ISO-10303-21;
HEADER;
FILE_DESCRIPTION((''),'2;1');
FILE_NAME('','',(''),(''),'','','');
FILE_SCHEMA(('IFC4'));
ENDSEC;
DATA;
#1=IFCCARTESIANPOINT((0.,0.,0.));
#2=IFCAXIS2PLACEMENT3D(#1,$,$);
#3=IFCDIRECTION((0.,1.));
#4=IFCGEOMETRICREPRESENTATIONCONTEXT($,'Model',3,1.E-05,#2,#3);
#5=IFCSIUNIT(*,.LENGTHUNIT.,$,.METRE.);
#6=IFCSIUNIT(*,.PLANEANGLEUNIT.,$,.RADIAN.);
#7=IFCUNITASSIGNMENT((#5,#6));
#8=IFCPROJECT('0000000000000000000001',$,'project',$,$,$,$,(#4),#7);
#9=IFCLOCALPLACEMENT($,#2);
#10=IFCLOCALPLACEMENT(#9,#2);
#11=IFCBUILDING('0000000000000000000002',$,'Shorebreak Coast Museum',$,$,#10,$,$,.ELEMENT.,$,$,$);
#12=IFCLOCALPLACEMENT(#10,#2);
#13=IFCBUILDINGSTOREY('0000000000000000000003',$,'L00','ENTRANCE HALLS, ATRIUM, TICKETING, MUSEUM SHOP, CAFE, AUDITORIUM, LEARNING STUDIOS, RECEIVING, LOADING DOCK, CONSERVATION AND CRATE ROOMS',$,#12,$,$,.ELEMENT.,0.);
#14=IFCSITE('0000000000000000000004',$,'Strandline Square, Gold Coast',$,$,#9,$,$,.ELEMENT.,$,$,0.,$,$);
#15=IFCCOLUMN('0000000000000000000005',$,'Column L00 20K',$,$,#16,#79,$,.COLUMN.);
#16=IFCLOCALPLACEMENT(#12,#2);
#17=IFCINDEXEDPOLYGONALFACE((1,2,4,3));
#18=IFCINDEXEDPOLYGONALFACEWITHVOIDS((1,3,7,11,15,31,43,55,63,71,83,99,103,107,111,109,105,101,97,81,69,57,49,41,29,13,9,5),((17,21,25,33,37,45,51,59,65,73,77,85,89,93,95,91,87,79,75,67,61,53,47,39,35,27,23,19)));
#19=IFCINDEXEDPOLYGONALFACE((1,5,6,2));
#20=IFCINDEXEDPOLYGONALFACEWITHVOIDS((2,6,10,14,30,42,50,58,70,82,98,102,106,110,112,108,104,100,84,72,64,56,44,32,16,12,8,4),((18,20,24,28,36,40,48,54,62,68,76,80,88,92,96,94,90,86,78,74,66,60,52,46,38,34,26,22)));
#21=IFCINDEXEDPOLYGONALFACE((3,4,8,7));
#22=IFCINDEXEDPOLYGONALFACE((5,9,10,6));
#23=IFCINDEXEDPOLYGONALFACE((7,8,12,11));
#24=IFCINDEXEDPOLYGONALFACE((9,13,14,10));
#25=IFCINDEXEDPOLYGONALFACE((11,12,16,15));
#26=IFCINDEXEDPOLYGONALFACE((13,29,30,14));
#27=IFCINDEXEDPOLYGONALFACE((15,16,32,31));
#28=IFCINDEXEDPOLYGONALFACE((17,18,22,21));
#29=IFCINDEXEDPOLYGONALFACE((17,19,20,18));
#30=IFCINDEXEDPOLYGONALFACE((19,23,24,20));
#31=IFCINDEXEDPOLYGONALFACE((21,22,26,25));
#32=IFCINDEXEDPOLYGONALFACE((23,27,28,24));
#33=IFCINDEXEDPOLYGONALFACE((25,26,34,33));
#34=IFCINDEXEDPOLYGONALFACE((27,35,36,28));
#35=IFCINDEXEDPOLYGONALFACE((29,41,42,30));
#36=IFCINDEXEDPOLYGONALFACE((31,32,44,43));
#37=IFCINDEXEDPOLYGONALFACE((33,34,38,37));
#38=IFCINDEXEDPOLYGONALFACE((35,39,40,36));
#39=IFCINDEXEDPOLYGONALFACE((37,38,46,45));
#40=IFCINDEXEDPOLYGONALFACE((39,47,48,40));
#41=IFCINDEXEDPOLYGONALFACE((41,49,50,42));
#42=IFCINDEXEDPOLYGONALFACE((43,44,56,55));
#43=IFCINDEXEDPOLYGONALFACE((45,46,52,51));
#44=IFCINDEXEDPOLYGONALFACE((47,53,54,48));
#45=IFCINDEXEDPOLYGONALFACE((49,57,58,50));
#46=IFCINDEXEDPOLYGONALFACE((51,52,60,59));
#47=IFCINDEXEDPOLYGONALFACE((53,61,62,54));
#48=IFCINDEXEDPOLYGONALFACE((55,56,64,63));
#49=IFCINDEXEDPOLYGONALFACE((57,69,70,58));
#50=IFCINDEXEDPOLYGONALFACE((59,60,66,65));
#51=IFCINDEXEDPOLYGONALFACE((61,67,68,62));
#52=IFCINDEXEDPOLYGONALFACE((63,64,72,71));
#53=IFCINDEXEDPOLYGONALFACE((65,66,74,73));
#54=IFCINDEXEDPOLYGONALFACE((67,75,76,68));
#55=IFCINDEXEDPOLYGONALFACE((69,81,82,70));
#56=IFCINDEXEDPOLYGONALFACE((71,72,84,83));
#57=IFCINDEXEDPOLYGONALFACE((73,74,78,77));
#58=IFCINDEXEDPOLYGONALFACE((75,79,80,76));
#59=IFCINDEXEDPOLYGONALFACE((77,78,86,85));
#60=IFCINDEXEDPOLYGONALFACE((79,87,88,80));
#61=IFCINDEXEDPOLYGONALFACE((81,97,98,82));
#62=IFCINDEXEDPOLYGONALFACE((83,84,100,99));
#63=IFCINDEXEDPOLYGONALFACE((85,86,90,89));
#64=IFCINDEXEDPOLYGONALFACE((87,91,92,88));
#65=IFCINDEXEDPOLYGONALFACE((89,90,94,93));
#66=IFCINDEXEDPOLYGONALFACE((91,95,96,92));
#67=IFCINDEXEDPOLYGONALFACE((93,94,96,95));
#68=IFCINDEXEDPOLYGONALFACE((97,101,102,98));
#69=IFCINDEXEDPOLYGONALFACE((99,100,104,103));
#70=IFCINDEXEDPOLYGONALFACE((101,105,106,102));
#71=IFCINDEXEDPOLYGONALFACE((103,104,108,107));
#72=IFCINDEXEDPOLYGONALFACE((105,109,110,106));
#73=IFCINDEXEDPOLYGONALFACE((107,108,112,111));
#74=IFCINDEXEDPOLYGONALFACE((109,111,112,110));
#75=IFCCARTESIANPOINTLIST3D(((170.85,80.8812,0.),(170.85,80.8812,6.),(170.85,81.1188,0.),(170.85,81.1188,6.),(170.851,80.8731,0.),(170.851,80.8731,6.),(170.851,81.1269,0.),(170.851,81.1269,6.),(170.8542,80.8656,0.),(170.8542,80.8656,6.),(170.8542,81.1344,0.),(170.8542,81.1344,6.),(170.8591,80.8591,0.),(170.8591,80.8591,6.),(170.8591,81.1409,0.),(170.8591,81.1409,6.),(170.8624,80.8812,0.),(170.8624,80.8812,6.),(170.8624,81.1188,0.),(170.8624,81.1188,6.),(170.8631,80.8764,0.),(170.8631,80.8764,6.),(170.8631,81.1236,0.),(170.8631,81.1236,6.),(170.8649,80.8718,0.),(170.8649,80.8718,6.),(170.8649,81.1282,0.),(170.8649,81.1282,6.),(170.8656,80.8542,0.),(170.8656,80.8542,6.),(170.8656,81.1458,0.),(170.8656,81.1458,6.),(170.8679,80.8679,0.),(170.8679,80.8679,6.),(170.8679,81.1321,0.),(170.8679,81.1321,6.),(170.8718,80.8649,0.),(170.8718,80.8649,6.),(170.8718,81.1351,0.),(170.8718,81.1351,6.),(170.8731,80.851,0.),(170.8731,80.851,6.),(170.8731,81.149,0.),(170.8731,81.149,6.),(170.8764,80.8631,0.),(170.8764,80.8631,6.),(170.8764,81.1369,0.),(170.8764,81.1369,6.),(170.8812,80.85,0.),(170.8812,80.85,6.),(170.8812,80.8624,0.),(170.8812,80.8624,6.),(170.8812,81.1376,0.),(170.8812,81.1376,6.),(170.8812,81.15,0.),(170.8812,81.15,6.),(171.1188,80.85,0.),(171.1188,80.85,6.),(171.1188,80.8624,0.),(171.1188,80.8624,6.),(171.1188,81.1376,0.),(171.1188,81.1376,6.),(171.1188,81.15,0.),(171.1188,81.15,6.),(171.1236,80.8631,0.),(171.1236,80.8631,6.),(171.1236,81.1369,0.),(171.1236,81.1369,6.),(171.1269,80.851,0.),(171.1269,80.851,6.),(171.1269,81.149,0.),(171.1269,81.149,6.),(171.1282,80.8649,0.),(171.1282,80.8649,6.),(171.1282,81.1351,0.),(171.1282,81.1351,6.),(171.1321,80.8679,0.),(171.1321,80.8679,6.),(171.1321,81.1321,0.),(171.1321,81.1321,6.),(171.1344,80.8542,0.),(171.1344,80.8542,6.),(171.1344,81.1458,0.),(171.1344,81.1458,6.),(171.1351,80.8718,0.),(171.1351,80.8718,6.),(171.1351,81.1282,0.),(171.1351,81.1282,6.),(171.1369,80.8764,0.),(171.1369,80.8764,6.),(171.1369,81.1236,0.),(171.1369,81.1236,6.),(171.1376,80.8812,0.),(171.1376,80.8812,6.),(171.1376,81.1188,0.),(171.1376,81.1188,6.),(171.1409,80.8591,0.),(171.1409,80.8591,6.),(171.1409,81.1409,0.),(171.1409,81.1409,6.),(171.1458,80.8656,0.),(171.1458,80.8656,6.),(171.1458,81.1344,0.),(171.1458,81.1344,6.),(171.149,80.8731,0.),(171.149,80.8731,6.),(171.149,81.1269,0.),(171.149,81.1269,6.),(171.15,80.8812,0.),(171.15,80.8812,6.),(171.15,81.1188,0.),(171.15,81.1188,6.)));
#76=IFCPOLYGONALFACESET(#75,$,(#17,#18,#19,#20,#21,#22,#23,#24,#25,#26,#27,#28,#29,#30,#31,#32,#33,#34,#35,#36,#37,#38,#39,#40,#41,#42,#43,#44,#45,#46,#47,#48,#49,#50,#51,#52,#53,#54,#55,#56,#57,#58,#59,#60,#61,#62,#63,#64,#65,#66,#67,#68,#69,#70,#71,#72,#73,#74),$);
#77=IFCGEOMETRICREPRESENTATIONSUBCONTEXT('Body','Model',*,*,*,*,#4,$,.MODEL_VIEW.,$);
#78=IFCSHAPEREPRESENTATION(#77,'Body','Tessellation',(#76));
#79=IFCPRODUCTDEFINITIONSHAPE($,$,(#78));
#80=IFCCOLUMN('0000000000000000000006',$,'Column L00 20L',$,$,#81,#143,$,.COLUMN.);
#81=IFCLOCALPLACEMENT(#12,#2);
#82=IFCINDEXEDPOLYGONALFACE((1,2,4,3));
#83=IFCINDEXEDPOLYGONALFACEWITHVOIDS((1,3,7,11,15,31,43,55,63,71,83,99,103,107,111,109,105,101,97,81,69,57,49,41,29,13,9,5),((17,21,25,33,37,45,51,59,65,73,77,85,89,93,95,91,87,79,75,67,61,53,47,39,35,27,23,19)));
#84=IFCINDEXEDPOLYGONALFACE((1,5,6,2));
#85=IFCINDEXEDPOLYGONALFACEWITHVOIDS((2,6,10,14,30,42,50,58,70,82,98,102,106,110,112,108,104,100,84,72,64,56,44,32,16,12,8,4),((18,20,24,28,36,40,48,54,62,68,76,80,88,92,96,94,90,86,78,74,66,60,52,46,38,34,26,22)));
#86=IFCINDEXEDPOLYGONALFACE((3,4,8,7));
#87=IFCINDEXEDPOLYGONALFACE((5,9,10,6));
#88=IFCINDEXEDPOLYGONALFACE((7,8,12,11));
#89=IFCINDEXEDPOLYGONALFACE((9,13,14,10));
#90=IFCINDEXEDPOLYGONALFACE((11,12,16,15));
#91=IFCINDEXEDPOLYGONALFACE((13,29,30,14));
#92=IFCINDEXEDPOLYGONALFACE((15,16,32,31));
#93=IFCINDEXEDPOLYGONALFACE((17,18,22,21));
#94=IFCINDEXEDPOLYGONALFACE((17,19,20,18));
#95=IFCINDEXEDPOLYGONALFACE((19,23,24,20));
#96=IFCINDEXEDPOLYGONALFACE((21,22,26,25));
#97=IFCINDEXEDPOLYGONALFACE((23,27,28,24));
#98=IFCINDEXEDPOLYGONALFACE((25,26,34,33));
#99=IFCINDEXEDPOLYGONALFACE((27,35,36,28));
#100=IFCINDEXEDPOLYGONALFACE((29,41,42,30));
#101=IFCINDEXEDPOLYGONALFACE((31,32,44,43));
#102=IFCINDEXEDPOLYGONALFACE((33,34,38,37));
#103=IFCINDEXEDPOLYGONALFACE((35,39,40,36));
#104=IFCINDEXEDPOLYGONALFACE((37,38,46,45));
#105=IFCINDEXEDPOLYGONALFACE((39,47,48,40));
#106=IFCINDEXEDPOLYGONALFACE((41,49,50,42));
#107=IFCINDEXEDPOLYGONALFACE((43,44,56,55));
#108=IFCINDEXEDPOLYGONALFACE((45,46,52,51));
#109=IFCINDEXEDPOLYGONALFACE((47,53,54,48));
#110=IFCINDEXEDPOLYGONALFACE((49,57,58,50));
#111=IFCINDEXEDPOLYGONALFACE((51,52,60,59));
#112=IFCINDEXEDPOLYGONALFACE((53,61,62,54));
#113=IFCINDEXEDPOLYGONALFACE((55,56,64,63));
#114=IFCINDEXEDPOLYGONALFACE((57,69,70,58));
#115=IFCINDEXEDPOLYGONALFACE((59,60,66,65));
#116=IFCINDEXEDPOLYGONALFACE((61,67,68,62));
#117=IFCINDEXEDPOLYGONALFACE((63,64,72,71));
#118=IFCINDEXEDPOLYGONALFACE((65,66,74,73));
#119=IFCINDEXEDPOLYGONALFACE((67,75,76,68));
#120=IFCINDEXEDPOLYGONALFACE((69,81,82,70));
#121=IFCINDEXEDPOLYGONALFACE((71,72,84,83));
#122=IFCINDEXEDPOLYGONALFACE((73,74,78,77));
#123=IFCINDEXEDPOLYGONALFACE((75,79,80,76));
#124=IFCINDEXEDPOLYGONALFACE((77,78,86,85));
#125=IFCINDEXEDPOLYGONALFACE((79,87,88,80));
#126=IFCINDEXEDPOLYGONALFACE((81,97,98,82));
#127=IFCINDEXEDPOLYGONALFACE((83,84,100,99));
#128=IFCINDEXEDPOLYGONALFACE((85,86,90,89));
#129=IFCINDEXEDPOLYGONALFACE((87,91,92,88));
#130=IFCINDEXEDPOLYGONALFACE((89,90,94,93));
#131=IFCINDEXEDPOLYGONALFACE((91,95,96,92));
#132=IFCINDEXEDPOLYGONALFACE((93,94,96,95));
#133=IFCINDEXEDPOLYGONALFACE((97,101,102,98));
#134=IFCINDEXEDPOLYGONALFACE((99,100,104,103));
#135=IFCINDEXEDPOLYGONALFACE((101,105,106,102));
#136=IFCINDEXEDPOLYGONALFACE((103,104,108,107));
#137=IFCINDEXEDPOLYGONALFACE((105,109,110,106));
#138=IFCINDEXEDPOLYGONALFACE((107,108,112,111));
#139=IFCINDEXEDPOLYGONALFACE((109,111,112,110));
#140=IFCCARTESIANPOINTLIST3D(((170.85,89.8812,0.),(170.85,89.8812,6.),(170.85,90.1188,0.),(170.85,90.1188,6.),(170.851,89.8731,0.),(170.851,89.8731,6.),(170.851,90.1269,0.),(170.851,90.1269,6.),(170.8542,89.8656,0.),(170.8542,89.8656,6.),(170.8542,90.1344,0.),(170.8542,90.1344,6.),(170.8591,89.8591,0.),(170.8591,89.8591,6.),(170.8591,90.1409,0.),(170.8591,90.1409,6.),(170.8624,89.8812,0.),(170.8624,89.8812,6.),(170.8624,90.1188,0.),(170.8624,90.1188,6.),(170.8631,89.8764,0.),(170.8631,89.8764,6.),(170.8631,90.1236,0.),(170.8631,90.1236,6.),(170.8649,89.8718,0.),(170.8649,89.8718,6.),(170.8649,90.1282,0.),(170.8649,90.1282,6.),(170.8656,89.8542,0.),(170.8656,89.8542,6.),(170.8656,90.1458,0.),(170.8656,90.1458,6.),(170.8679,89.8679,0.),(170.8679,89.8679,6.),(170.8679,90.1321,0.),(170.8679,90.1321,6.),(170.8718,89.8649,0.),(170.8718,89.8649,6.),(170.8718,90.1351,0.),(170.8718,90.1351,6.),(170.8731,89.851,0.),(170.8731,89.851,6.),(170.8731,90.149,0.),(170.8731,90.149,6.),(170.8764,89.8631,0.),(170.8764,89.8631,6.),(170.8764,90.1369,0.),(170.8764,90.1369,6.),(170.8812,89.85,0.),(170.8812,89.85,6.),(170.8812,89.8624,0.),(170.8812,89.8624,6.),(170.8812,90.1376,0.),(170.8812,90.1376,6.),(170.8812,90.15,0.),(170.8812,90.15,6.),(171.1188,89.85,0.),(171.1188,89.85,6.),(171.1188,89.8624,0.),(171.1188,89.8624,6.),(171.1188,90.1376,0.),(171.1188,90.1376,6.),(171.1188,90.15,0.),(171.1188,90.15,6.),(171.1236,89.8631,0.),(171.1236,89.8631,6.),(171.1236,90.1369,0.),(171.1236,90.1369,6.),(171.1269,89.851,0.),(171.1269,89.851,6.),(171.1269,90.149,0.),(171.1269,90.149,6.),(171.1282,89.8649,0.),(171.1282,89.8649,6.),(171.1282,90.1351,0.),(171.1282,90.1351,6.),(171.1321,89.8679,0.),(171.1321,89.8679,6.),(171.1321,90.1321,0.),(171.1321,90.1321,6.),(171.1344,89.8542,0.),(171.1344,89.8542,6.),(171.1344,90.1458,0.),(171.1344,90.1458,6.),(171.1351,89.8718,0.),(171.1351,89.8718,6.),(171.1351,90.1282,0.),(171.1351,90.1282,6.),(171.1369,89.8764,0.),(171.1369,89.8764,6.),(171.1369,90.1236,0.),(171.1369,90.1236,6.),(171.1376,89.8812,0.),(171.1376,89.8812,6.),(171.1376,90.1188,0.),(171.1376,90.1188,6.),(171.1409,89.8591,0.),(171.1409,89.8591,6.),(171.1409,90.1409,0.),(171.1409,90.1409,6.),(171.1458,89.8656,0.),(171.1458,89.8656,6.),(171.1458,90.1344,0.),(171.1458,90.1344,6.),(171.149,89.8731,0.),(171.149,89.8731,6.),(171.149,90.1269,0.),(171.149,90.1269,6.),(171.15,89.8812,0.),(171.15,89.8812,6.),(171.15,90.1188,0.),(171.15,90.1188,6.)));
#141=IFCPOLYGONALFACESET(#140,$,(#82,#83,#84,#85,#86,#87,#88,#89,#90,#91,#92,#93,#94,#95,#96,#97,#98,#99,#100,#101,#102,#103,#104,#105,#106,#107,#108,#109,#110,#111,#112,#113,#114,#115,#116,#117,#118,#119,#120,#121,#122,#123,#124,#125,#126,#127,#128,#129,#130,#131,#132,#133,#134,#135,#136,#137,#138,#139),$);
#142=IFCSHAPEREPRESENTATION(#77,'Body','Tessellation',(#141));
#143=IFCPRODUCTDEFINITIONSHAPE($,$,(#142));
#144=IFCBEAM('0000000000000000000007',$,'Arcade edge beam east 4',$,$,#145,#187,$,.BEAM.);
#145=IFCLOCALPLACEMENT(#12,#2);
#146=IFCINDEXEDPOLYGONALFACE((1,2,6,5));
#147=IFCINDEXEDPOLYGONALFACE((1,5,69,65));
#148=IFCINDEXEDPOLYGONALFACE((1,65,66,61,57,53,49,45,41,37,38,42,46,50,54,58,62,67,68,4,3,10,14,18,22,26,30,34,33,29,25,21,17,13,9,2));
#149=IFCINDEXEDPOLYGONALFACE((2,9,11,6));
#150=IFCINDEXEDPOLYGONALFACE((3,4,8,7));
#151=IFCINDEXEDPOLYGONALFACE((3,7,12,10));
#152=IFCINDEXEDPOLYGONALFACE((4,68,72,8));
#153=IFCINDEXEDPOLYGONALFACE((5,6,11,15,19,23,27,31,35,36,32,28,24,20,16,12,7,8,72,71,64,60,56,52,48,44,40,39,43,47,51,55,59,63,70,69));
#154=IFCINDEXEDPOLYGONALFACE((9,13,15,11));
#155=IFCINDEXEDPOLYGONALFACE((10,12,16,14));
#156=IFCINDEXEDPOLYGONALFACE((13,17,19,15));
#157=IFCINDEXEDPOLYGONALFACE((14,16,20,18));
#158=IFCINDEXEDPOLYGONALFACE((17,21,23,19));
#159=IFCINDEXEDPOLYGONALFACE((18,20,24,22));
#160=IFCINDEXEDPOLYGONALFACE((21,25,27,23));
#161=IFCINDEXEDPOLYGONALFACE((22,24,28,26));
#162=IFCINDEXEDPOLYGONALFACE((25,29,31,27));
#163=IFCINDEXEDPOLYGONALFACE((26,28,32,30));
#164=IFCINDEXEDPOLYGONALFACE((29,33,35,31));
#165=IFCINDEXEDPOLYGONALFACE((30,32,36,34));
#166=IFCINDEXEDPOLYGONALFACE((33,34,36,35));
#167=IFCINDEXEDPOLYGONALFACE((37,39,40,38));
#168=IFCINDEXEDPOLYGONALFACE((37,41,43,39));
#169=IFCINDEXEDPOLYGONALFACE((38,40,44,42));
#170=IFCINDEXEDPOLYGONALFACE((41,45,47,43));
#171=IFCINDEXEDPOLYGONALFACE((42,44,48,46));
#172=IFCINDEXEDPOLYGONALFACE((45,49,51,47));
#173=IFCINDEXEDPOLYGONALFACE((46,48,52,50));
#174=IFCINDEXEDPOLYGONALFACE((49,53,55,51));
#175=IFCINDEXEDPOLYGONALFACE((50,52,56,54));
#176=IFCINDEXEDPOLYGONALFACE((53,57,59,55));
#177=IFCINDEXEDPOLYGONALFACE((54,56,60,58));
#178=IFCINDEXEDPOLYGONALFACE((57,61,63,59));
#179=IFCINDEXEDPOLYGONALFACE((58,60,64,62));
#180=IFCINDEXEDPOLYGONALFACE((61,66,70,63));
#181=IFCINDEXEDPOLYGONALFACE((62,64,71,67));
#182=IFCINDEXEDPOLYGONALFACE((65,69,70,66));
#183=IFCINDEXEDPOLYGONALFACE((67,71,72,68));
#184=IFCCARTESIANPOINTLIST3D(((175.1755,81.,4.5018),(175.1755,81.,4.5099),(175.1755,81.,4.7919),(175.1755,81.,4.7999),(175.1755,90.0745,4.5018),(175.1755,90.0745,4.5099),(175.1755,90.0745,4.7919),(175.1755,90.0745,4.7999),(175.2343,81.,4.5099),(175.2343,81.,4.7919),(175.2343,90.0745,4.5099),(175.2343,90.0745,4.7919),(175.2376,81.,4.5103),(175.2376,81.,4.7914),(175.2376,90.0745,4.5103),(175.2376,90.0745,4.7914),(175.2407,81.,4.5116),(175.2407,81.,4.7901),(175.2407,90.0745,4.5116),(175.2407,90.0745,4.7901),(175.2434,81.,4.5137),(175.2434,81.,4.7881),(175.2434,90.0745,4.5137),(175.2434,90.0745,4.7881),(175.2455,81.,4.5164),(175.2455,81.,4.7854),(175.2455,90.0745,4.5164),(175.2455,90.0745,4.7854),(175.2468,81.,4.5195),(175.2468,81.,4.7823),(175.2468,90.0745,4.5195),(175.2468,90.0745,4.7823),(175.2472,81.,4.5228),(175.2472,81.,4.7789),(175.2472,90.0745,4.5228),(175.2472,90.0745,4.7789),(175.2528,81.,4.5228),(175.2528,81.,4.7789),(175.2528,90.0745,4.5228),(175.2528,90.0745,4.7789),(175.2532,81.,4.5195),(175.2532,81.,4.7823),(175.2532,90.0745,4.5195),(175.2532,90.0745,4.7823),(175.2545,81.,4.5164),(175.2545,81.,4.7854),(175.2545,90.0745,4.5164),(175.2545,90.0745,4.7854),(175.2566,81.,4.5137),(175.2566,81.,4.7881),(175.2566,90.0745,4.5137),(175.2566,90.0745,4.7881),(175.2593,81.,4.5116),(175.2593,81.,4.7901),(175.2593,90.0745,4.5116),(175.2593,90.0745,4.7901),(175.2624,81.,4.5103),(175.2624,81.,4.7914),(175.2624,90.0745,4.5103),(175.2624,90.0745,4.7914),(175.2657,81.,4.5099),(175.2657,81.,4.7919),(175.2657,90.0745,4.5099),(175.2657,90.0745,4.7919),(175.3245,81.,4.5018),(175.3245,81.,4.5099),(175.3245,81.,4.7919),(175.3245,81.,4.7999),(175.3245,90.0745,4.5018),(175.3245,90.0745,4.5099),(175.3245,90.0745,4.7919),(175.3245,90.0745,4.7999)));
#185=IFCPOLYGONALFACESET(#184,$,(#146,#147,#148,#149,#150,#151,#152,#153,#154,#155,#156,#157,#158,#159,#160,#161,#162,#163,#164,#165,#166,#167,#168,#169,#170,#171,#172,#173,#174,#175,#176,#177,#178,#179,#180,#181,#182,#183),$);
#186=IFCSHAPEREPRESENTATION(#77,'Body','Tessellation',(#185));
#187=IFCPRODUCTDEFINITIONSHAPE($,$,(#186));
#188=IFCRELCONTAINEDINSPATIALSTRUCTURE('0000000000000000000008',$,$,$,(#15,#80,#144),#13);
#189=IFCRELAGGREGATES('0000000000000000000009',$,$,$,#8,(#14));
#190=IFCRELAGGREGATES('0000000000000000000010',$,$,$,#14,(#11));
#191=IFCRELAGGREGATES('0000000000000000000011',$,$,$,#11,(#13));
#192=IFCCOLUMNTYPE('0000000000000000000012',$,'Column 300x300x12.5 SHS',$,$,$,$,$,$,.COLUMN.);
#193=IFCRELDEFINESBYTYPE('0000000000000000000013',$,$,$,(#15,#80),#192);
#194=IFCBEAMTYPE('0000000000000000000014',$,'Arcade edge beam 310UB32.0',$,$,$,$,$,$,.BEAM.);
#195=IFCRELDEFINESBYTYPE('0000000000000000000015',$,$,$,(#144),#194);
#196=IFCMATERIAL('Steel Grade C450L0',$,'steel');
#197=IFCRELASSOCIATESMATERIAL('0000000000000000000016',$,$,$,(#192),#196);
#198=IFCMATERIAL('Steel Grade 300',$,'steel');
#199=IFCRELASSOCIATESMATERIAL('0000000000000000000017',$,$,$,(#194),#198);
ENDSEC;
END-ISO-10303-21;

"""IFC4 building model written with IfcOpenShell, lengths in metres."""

from ifc_helpers import new_model, si_unit, direction, frame, origin, origin_2d, place, context, subcontext, project, spatial, hollow_rectangle, i_section, extrude, material, material_profile, profile_set, type_object, element, save


model = new_model("IFC4")

# Units and contexts
model_context = context("Model", 3, precision=1e-05, world=origin(), true_north=direction((0.0, 1.0)))
body_context = subcontext(model_context, "Body", "Model", "MODEL_VIEW")
ifc_project = project(units=[si_unit("LENGTHUNIT", "METRE"), si_unit("PLANEANGLEUNIT", "RADIAN")], contexts=[model_context])

# Site, building, storey
site_placement = place(None, origin())
site = spatial("IfcSite", under=ifc_project, at=site_placement, Name="Strandline Square, Gold Coast", CompositionType="ELEMENT", RefElevation=0.0)
building_placement = place(site_placement, origin())
building = spatial("IfcBuilding", under=site, at=building_placement, Name="Shorebreak Coast Museum", CompositionType="ELEMENT")
storey_placement = place(building_placement, origin())
storey = spatial("IfcBuildingStorey", under=building, at=storey_placement, Name="L00", Description="ENTRANCE HALLS, ATRIUM, TICKETING, MUSEUM SHOP, CAFE, AUDITORIUM, LEARNING STUDIOS, RECEIVING, LOADING DOCK, CONSERVATION AND CRATE ROOMS", CompositionType="ELEMENT", Elevation=0.0)

# Columns
ifc_material_1 = material(Name="Steel Grade C450L0", Category="steel")
ifc_material_profile_1 = material_profile(ifc_material_1, hollow_rectangle(XDim=0.3, YDim=0.3, WallThickness=0.0125, InnerFilletRadius=0.0188, OuterFilletRadius=0.0312, at=origin_2d()), Name="300x300x12.5 SHS")
ifc_profile_set_1 = profile_set([ifc_material_profile_1], Name="Steel Grade C450L0")
column_type_1 = type_object("IfcColumnType", Name="Column 300x300x12.5 SHS", PredefinedType="COLUMN", material=ifc_profile_set_1)
for number, where, z_axis, x_axis, name in (
    (1, (171.0, 81.0, 0.0), (0.0, 0.0, 1.0), (1.0, 0.0, 0.0), "Column L00 20K"),
    (2, (171.0, 90.0, 0.0), (0.0, 0.0, 1.0), (1.0, 0.0, 0.0), "Column L00 20L"),
):
    element("IfcColumn", number, at=place(storey_placement, frame(where, z_axis=z_axis, x_axis=x_axis)), inside=storey, type_object=column_type_1, Name=name, PredefinedType="COLUMN", context=body_context, shape_type="SweptSolid", body=[
        extrude(hollow_rectangle(XDim=0.3, YDim=0.3, WallThickness=0.0125, InnerFilletRadius=0.0188, OuterFilletRadius=0.0312, at=origin_2d()), origin(), (0.0, 0.0, 1.0), 6.0),
    ])

# Beam
ifc_material_2 = material(Name="Steel Grade 300", Category="steel")
ifc_material_profile_2 = material_profile(ifc_material_2, i_section(OverallWidth=0.1489, OverallDepth=0.2981, WebThickness=0.0056, FlangeThickness=0.0081, FilletRadius=0.0129, at=origin_2d()), Name="310UB32.0")
ifc_profile_set_2 = profile_set([ifc_material_profile_2], Name="Steel Grade 300")
beam_type_1 = type_object("IfcBeamType", Name="Arcade edge beam 310UB32.0", PredefinedType="BEAM", material=ifc_profile_set_2)
beam_placement = place(storey_placement, frame((175.25, 81.0, 4.6509), z_axis=(0.0, 1.0, 0.0), x_axis=(-1.0, 0.0, 0.0)))
element("IfcBeam", 3, at=beam_placement, inside=storey, type_object=beam_type_1, Name="Arcade edge beam east 4", PredefinedType="BEAM", context=body_context, shape_type="SweptSolid", body=[
    extrude(i_section(OverallWidth=0.1489, OverallDepth=0.2981, WebThickness=0.0056, FlangeThickness=0.0081, FilletRadius=0.0129, at=origin_2d()), origin(), (0.0, 0.0, 1.0), 9.0745),
])

save(model, "model.ifc")
